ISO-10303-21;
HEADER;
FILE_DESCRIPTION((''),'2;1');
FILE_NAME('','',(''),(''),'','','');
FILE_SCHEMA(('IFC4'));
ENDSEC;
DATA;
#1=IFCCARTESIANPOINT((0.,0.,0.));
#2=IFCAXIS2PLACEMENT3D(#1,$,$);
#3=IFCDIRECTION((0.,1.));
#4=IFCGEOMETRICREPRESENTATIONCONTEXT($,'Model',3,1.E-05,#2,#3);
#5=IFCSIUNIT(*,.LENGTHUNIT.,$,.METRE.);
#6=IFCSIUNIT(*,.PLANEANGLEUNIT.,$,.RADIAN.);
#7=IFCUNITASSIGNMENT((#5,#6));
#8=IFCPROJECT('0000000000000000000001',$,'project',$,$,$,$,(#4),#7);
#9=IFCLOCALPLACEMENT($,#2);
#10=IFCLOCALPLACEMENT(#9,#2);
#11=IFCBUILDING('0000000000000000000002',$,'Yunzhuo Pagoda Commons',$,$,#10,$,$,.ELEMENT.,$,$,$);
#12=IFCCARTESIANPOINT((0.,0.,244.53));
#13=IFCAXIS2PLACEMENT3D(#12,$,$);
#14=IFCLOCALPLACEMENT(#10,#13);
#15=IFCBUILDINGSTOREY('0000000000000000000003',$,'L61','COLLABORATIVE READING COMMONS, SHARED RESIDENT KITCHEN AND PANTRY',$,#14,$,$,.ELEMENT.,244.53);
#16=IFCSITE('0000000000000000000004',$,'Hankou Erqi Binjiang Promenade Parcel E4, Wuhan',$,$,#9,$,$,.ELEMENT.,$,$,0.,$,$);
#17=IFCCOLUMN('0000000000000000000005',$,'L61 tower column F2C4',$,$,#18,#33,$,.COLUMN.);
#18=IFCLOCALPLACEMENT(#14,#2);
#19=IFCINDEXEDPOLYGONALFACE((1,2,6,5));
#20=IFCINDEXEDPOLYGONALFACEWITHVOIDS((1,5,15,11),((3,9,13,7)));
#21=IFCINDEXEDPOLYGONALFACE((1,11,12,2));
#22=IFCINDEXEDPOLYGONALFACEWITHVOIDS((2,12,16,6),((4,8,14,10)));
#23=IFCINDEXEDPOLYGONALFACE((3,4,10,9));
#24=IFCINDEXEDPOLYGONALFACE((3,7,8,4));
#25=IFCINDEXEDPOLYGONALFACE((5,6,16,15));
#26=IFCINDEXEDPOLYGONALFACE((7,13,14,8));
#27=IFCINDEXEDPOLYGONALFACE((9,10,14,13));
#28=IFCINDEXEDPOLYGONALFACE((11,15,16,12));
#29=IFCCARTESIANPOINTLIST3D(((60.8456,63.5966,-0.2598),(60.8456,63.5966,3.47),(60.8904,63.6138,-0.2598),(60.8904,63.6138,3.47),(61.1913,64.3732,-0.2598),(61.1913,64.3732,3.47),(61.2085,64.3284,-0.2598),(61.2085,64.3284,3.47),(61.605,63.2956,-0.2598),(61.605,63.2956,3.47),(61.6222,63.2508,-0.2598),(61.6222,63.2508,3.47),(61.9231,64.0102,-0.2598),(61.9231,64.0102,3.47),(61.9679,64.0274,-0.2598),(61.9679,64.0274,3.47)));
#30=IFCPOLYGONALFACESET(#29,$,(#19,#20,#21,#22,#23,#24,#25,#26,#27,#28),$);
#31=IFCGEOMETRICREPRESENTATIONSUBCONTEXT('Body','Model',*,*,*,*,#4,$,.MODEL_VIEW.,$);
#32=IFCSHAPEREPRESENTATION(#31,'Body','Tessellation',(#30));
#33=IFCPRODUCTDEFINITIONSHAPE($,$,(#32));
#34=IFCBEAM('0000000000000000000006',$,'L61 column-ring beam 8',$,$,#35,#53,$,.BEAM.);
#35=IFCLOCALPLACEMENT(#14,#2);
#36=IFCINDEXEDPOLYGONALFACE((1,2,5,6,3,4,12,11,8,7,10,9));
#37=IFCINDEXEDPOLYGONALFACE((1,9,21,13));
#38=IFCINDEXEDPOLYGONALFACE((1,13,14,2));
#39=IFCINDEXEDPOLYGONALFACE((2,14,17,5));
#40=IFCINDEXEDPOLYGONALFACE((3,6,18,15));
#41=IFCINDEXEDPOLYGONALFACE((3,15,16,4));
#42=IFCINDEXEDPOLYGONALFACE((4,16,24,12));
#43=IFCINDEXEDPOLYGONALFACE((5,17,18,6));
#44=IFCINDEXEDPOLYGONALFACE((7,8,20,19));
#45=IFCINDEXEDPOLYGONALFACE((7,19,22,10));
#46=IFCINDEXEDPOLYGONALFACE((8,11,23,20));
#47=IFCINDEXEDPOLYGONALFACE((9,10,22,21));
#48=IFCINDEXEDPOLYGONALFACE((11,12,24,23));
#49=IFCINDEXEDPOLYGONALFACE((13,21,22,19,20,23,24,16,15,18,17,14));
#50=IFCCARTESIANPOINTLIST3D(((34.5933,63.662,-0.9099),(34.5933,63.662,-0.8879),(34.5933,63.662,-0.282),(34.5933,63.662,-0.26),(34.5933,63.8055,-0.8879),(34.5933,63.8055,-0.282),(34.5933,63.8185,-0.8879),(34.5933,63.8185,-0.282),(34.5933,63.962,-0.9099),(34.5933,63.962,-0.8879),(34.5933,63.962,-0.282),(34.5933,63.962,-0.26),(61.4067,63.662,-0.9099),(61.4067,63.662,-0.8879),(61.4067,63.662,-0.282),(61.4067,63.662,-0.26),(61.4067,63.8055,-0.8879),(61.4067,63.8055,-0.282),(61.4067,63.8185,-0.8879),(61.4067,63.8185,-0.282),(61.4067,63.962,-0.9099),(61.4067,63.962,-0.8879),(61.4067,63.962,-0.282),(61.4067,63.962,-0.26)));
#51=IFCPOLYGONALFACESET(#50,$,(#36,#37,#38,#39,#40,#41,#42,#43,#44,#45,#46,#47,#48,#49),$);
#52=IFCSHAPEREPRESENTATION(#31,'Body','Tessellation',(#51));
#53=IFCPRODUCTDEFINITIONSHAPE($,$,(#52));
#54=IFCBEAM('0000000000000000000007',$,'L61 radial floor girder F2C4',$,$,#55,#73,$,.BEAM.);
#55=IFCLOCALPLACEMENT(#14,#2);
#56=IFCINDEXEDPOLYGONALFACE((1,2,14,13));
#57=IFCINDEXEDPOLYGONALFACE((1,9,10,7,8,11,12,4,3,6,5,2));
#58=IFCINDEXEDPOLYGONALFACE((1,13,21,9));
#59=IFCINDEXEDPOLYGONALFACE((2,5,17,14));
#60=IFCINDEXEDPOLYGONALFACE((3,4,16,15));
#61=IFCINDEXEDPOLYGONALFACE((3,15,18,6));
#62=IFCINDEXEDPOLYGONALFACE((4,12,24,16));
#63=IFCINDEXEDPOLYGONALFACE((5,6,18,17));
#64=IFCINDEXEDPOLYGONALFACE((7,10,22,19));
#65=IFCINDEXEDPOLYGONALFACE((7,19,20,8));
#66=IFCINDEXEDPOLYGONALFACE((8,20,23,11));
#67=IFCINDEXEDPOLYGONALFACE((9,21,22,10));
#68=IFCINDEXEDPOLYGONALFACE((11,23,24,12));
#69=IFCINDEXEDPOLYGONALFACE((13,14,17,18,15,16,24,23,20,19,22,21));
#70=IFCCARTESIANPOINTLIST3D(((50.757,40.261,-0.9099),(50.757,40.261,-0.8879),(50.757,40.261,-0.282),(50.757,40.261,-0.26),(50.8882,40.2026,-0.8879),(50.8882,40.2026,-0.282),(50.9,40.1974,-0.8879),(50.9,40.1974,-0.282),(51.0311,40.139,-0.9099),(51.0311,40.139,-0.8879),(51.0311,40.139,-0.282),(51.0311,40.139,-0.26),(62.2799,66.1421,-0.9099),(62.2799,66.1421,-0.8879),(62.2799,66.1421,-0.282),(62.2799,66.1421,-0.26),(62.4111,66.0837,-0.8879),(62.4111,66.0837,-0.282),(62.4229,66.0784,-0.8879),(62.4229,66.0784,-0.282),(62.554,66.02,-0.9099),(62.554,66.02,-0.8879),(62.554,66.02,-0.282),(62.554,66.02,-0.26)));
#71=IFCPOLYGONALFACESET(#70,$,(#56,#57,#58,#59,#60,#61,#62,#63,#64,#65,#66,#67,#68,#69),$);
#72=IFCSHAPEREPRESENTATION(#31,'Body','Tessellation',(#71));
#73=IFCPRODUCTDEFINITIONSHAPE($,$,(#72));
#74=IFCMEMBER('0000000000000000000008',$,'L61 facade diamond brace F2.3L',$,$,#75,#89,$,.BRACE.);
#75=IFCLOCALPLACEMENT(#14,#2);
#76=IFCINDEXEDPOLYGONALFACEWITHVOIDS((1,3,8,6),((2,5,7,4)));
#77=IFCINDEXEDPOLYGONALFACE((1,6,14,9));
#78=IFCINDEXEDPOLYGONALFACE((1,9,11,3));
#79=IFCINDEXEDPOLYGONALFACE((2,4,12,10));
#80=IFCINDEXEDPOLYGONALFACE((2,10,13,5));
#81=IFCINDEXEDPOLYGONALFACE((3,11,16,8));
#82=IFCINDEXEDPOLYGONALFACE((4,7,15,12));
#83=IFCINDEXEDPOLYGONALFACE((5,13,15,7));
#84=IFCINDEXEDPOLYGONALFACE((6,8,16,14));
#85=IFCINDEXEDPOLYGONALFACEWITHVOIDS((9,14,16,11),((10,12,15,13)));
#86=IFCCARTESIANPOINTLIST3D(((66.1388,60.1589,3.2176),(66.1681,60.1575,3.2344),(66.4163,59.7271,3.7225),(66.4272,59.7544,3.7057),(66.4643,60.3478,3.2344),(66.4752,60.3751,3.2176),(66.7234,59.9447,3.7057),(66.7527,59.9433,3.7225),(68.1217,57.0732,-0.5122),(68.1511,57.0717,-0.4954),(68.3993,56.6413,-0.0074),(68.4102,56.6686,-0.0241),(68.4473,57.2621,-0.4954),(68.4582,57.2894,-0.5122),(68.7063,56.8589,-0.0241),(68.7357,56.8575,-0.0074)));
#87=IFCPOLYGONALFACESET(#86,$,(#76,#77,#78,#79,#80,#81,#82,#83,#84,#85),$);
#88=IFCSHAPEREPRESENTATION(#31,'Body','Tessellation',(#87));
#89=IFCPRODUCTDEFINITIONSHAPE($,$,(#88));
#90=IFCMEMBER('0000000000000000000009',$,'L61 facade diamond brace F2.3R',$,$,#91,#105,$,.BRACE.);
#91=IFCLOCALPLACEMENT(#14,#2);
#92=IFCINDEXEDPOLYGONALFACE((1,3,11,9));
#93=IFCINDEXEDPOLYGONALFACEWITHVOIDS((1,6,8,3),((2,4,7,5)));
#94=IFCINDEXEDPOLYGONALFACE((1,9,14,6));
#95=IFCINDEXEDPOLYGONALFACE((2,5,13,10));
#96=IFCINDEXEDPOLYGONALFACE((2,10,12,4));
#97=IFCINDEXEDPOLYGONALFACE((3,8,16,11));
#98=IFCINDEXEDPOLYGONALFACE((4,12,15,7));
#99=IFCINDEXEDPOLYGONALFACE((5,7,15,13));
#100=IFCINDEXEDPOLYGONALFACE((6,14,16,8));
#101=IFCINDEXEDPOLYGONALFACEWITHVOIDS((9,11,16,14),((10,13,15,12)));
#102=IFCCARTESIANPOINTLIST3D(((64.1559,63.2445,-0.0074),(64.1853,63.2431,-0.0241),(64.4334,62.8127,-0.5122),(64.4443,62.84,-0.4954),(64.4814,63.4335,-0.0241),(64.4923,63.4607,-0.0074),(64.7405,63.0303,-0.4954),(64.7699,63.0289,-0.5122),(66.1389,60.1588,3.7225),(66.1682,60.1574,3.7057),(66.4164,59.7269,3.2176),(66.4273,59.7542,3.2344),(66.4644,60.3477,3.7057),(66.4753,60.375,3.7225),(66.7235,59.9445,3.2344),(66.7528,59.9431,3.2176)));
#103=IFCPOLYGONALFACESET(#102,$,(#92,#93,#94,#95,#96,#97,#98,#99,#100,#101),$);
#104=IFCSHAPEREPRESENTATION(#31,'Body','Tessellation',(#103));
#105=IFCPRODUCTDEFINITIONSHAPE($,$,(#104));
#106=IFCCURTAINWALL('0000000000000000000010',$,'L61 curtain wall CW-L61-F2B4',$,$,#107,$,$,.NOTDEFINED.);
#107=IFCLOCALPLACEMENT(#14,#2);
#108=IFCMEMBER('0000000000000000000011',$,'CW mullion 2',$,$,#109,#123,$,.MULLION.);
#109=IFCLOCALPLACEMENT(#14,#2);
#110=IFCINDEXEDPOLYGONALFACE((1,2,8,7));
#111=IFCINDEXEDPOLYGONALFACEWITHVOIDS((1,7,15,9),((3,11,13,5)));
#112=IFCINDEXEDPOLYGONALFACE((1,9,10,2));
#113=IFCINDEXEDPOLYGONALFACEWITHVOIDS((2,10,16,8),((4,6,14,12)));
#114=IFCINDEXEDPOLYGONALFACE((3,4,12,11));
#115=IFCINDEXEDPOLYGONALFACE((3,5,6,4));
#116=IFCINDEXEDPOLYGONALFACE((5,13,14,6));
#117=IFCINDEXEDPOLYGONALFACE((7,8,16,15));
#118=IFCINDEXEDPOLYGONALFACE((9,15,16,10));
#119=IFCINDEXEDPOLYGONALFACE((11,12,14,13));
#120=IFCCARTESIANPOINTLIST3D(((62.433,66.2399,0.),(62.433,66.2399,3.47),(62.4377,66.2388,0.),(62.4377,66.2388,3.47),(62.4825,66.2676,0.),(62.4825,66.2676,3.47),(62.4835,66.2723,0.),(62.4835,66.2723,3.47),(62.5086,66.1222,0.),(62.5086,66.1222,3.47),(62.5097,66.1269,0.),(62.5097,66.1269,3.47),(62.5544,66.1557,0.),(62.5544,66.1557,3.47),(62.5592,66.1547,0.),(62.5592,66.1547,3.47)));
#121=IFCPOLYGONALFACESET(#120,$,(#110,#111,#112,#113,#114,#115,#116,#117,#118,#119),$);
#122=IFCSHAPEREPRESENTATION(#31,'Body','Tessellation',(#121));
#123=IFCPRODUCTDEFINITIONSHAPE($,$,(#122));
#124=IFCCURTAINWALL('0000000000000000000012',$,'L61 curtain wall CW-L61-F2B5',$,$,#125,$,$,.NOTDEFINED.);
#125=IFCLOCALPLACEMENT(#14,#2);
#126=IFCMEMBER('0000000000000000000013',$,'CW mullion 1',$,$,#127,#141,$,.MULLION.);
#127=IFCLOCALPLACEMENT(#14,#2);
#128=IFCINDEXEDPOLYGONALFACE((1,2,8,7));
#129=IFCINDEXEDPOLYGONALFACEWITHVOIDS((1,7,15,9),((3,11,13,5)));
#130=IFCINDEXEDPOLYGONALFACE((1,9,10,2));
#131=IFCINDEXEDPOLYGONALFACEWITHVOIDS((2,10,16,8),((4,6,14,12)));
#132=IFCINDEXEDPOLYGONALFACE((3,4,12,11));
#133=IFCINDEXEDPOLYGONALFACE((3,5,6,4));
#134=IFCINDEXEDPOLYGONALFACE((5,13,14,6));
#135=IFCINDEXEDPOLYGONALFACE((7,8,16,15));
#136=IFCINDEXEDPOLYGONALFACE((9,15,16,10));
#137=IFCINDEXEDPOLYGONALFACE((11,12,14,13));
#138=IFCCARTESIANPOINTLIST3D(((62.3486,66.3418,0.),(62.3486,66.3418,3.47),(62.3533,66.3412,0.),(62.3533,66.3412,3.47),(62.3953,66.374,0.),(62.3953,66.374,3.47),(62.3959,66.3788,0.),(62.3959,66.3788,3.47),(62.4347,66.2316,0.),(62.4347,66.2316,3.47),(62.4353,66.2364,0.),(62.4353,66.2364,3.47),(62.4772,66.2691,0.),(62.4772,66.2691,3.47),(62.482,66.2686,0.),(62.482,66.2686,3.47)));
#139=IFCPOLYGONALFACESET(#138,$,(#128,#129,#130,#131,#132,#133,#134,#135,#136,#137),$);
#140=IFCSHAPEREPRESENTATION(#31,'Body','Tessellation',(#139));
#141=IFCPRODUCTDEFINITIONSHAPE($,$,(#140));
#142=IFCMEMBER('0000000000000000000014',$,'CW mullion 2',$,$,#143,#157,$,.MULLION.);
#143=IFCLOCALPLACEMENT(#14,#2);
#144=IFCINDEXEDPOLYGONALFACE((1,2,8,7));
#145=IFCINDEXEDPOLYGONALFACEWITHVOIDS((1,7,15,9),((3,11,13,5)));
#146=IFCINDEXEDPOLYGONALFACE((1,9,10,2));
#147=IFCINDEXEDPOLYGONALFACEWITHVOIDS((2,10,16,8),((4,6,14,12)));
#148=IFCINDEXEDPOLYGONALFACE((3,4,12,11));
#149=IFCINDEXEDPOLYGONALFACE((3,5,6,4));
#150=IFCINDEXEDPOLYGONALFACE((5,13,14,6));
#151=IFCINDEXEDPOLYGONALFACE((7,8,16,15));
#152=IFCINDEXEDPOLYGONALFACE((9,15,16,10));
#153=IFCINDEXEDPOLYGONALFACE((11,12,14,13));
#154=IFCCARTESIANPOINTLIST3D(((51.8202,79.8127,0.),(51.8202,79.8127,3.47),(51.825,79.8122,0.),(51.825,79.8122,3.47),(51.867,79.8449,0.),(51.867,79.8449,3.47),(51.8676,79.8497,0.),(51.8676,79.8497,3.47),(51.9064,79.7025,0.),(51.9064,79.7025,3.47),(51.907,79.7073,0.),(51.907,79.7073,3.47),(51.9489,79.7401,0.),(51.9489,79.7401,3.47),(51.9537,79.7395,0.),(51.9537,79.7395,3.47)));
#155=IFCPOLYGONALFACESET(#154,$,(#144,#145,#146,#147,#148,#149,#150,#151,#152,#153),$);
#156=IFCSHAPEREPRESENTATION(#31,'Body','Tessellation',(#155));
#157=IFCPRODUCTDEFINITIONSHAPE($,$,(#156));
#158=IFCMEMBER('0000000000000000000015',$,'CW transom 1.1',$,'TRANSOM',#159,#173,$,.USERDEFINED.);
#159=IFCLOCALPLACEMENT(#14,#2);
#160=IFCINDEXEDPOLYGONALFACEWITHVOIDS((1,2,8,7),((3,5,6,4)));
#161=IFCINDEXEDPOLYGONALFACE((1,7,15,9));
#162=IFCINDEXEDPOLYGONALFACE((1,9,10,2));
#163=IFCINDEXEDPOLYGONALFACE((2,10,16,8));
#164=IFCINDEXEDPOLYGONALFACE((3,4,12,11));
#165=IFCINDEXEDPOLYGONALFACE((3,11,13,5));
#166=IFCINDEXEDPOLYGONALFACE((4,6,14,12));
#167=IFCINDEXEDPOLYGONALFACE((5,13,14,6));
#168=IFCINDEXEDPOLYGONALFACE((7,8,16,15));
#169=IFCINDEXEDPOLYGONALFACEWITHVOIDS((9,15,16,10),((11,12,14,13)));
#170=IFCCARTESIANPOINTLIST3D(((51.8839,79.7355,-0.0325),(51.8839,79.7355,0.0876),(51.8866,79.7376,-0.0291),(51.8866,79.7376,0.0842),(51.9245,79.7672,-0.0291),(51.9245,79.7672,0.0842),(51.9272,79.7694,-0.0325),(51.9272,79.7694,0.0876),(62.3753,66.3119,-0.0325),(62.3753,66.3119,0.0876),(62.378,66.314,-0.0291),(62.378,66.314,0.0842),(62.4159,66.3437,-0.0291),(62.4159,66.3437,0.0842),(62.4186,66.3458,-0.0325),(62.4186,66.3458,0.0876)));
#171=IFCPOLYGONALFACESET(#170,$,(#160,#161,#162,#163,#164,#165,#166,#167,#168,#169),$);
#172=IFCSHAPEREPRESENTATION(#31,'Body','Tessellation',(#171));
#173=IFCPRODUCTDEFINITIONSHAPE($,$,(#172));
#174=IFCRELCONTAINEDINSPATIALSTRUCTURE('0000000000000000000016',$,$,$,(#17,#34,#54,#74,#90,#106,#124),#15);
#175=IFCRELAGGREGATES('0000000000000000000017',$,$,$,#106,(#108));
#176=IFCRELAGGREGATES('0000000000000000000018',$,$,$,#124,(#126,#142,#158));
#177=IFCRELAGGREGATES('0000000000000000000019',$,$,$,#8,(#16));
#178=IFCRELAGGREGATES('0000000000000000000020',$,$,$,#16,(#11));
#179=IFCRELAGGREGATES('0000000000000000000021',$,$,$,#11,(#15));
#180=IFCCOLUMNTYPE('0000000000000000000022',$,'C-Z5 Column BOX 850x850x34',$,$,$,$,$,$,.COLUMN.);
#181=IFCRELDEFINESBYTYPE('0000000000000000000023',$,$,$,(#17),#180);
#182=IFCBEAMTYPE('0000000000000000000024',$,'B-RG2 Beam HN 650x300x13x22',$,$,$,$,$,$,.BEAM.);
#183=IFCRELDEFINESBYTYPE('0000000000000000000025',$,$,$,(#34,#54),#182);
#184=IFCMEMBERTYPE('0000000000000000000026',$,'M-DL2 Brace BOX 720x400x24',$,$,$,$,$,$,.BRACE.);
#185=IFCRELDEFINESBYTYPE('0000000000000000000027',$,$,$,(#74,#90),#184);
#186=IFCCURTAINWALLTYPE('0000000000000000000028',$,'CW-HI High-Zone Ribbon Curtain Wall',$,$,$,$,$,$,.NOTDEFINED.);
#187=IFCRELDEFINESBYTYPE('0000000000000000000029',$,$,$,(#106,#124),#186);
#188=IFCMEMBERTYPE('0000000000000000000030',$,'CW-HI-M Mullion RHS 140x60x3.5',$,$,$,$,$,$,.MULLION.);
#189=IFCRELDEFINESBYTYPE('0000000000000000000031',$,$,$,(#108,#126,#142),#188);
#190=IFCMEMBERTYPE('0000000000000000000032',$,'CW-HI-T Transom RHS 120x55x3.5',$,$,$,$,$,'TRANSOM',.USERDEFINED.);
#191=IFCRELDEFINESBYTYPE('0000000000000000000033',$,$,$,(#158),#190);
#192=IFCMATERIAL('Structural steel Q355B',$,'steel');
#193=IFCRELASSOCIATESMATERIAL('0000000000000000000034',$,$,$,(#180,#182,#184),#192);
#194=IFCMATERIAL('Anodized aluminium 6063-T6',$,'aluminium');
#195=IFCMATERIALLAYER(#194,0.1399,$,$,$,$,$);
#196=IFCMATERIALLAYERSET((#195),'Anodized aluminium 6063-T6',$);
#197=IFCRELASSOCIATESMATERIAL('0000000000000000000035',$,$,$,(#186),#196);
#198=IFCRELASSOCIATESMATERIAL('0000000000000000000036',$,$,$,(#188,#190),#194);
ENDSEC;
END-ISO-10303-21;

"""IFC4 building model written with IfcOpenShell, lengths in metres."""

from ifc_helpers import new_model, si_unit, direction, frame, origin, origin_2d, place, context, subcontext, project, spatial, hollow_rectangle, i_section, extrude, source, transform, mapped, material, layer, layer_set, material_profile, profile_set, type_object, element, aggregate, save


model = new_model("IFC4")

# Units and contexts
model_context = context("Model", 3, precision=1e-05, world=origin(), true_north=direction((0.0, 1.0)))
body_context = subcontext(model_context, "Body", "Model", "MODEL_VIEW")
ifc_project = project(units=[si_unit("LENGTHUNIT", "METRE"), si_unit("PLANEANGLEUNIT", "RADIAN")], contexts=[model_context])

# Site, building, storey
site_placement = place(None, origin())
site = spatial("IfcSite", under=ifc_project, at=site_placement, Name="Hankou Erqi Binjiang Promenade Parcel E4, Wuhan", CompositionType="ELEMENT", RefElevation=0.0)
building_placement = place(site_placement, origin())
building = spatial("IfcBuilding", under=site, at=building_placement, Name="Yunzhuo Pagoda Commons", CompositionType="ELEMENT")
storey_placement = place(building_placement, frame((0.0, 0.0, 244.53)))
storey = spatial("IfcBuildingStorey", under=building, at=storey_placement, Name="L61", Description="COLLABORATIVE READING COMMONS, SHARED RESIDENT KITCHEN AND PANTRY", CompositionType="ELEMENT", Elevation=244.53)

# Column
ifc_material_1 = material(Name="Structural steel Q355B", Category="steel")
ifc_material_profile_1 = material_profile(ifc_material_1, hollow_rectangle(XDim=0.8501, YDim=0.8501, WallThickness=0.0339, at=origin_2d()), Name="Structural steel Q355B")
ifc_profile_set_1 = profile_set([ifc_material_profile_1], Name="Structural steel Q355B")
column_type = type_object("IfcColumnType", Name="C-Z5 Column BOX 850x850x34", PredefinedType="COLUMN", material=ifc_profile_set_1)
shared_shape_1 = source(origin(), body_context, "Body", "SweptSolid", [
    extrude(hollow_rectangle(XDim=0.8501, YDim=0.8501, WallThickness=0.0339, at=origin_2d()), origin(), (0.0, 0.0, 1.0), 3.7297),
])
column_placement = place(storey_placement, frame((61.4067, 63.812, -0.2598), z_axis=(0.0, 0.0, 1.0), x_axis=(-0.913545, 0.406737, 0.0)))
element("IfcColumn", 1, at=column_placement, inside=storey, type_object=column_type, Name="L61 tower column F2C4", PredefinedType="COLUMN", context=body_context, shape_type="MappedRepresentation", body=[
    mapped(shared_shape_1, transform((0.0, 0.0, 0.0), scale=1.0)),
])

# Beams
ifc_material_profile_2 = material_profile(ifc_material_1, i_section(OverallWidth=0.3, OverallDepth=0.6499, WebThickness=0.0129, FlangeThickness=0.022, at=origin_2d()), Name="Structural steel Q355B")
ifc_profile_set_2 = profile_set([ifc_material_profile_2], Name="Structural steel Q355B")
beam_type = type_object("IfcBeamType", Name="B-RG2 Beam HN 650x300x13x22", PredefinedType="BEAM", material=ifc_profile_set_2)
shared_shape_2 = source(origin(), body_context, "Body", "SweptSolid", [
    extrude(i_section(OverallWidth=0.3, OverallDepth=0.6499, WebThickness=0.0129, FlangeThickness=0.022, at=origin_2d()), origin(), (0.0, 0.0, 1.0), 26.8135),
])
beam_1_placement = place(storey_placement, frame((61.4067, 63.812, -0.585), z_axis=(-1.0, 0.0, 0.0), x_axis=(0.0, -1.0, 0.0)))
element("IfcBeam", 2, at=beam_1_placement, inside=storey, type_object=beam_type, Name="L61 column-ring beam 8", PredefinedType="BEAM", context=body_context, shape_type="MappedRepresentation", body=[
    mapped(shared_shape_2, transform((0.0, 0.0, 0.0), scale=1.0)),
])
shared_shape_3 = source(origin(), body_context, "Body", "SweptSolid", [
    extrude(i_section(OverallWidth=0.3, OverallDepth=0.6499, WebThickness=0.0129, FlangeThickness=0.022, at=origin_2d()), origin(), (0.0, 0.0, 1.0), 28.3303),
])
beam_2_placement = place(storey_placement, frame((62.417, 66.0811, -0.585), z_axis=(-0.406735, -0.913546, 0.0), x_axis=(0.913546, -0.406735, 0.0)))
element("IfcBeam", 3, at=beam_2_placement, inside=storey, type_object=beam_type, Name="L61 radial floor girder F2C4", PredefinedType="BEAM", context=body_context, shape_type="MappedRepresentation", body=[
    mapped(shared_shape_3, transform((0.0, 0.0, 0.0), scale=1.0)),
])

# Members
ifc_material_profile_3 = material_profile(ifc_material_1, hollow_rectangle(XDim=0.3999, YDim=0.72, WallThickness=0.0239, at=origin_2d()), Name="Structural steel Q355B")
ifc_profile_set_3 = profile_set([ifc_material_profile_3], Name="Structural steel Q355B")
member_type_1 = type_object("IfcMemberType", Name="M-DL2 Brace BOX 720x400x24", PredefinedType="BRACE", material=ifc_profile_set_3)
shared_shape_4 = source(origin(), body_context, "Body", "SweptSolid", [
    extrude(hollow_rectangle(XDim=0.3999, YDim=0.72, WallThickness=0.0239, at=origin_2d()), origin(), (0.0, 0.0, 1.0), 5.2312),
])
for number, where, z_axis, x_axis, name in (
    (4, (68.4287, 56.9653, -0.2598), (-0.379062, 0.589875, 0.712993), (-0.841271, -0.540613, 0.0), "L61 facade diamond brace F2.3L"),
    (5, (64.4629, 63.1367, -0.2598), (0.379062, -0.589875, 0.712993), (0.841271, 0.540613, 0.0), "L61 facade diamond brace F2.3R"),
):
    element("IfcMember", number, at=place(storey_placement, frame(where, z_axis=z_axis, x_axis=x_axis)), inside=storey, type_object=member_type_1, Name=name, PredefinedType="BRACE", context=body_context, shape_type="MappedRepresentation", body=[
        mapped(shared_shape_4, transform((0.0, 0.0, 0.0), scale=1.0)),
    ])

# Curtain wall, member
ifc_material_2 = material(Name="Anodized aluminium 6063-T6", Category="aluminium")
ifc_layer_1 = layer(ifc_material_2, 0.1399)
ifc_layer_set_1 = layer_set([ifc_layer_1], Name="Anodized aluminium 6063-T6")
curtain_wall_type = type_object("IfcCurtainWallType", Name="CW-HI High-Zone Ribbon Curtain Wall", PredefinedType="NOTDEFINED", material=ifc_layer_set_1)
curtain_wall_1_placement = place(storey_placement, origin())
curtain_wall_1 = element("IfcCurtainWall", 6, at=curtain_wall_1_placement, inside=storey, type_object=curtain_wall_type, Name="L61 curtain wall CW-L61-F2B4", PredefinedType="NOTDEFINED")
ifc_material_profile_4 = material_profile(ifc_material_2, hollow_rectangle(XDim=0.0601, YDim=0.1399, WallThickness=0.0034, at=origin_2d()), Name="Anodized aluminium 6063-T6")
ifc_profile_set_4 = profile_set([ifc_material_profile_4], Name="Anodized aluminium 6063-T6")
member_type_2 = type_object("IfcMemberType", Name="CW-HI-M Mullion RHS 140x60x3.5", PredefinedType="MULLION", material=ifc_profile_set_4)
shared_shape_5 = source(origin(), body_context, "Body", "SweptSolid", [
    extrude(hollow_rectangle(XDim=0.0601, YDim=0.1399, WallThickness=0.0034, at=origin_2d()), origin(), (0.0, 0.0, 1.0), 3.47),
])
member_1_placement = place(storey_placement, frame((62.4961, 66.1973, 0.0), z_axis=(0.0, 0.0, 1.0), x_axis=(-0.841269, -0.540617, 0.0)))
member_1 = element("IfcMember", 7, at=member_1_placement, type_object=member_type_2, Name="CW mullion 2", PredefinedType="MULLION", context=body_context, shape_type="MappedRepresentation", body=[
    mapped(shared_shape_5, transform((0.0, 0.0, 0.0), scale=1.0)),
])

# Curtain wall, members
curtain_wall_2_placement = place(storey_placement, origin())
curtain_wall_2 = element("IfcCurtainWall", 8, at=curtain_wall_2_placement, inside=storey, type_object=curtain_wall_type, Name="L61 curtain wall CW-L61-F2B5", PredefinedType="NOTDEFINED")
member_2_placement = place(storey_placement, frame((62.4153, 66.3052, 0.0), z_axis=(0.0, 0.0, 1.0), x_axis=(-0.787911, -0.615789, 0.0)))
member_2 = element("IfcMember", 9, at=member_2_placement, type_object=member_type_2, Name="CW mullion 1", PredefinedType="MULLION", context=body_context, shape_type="MappedRepresentation", body=[
    mapped(shared_shape_5, transform((0.0, 0.0, 0.0), scale=1.0)),
])
member_3_placement = place(storey_placement, frame((51.887, 79.7761, 0.0), z_axis=(0.0, 0.0, 1.0), x_axis=(-0.787911, -0.615789, 0.0)))
member_3 = element("IfcMember", 10, at=member_3_placement, type_object=member_type_2, Name="CW mullion 2", PredefinedType="MULLION", context=body_context, shape_type="MappedRepresentation", body=[
    mapped(shared_shape_5, transform((0.0, 0.0, 0.0), scale=1.0)),
])
ifc_material_profile_5 = material_profile(ifc_material_2, hollow_rectangle(XDim=0.0549, YDim=0.1201, WallThickness=0.0034, at=origin_2d()), Name="Anodized aluminium 6063-T6")
ifc_profile_set_5 = profile_set([ifc_material_profile_5], Name="Anodized aluminium 6063-T6")
member_type_3 = type_object("IfcMemberType", Name="CW-HI-T Transom RHS 120x55x3.5", ElementType="TRANSOM", PredefinedType="USERDEFINED", material=ifc_profile_set_5)
shared_shape_6 = source(origin(), body_context, "Body", "SweptSolid", [
    extrude(hollow_rectangle(XDim=0.0549, YDim=0.1201, WallThickness=0.0034, at=origin_2d()), origin(), (0.0, 0.0, 1.0), 17.0371),
])
member_4_placement = place(storey_placement, frame((62.397, 66.3289, 0.0276), z_axis=(-0.6158, 0.787902, 0.0), x_axis=(-0.787902, -0.6158, 0.0)))
member_4 = element("IfcMember", 11, at=member_4_placement, type_object=member_type_3, Name="CW transom 1.1", ObjectType="TRANSOM", PredefinedType="USERDEFINED", context=body_context, shape_type="MappedRepresentation", body=[
    mapped(shared_shape_6, transform((0.0, 0.0, 0.0), scale=1.0)),
])

aggregate(curtain_wall_1, [member_1])
aggregate(curtain_wall_2, [member_2, member_3, member_4])

save(model, "model.ifc")
